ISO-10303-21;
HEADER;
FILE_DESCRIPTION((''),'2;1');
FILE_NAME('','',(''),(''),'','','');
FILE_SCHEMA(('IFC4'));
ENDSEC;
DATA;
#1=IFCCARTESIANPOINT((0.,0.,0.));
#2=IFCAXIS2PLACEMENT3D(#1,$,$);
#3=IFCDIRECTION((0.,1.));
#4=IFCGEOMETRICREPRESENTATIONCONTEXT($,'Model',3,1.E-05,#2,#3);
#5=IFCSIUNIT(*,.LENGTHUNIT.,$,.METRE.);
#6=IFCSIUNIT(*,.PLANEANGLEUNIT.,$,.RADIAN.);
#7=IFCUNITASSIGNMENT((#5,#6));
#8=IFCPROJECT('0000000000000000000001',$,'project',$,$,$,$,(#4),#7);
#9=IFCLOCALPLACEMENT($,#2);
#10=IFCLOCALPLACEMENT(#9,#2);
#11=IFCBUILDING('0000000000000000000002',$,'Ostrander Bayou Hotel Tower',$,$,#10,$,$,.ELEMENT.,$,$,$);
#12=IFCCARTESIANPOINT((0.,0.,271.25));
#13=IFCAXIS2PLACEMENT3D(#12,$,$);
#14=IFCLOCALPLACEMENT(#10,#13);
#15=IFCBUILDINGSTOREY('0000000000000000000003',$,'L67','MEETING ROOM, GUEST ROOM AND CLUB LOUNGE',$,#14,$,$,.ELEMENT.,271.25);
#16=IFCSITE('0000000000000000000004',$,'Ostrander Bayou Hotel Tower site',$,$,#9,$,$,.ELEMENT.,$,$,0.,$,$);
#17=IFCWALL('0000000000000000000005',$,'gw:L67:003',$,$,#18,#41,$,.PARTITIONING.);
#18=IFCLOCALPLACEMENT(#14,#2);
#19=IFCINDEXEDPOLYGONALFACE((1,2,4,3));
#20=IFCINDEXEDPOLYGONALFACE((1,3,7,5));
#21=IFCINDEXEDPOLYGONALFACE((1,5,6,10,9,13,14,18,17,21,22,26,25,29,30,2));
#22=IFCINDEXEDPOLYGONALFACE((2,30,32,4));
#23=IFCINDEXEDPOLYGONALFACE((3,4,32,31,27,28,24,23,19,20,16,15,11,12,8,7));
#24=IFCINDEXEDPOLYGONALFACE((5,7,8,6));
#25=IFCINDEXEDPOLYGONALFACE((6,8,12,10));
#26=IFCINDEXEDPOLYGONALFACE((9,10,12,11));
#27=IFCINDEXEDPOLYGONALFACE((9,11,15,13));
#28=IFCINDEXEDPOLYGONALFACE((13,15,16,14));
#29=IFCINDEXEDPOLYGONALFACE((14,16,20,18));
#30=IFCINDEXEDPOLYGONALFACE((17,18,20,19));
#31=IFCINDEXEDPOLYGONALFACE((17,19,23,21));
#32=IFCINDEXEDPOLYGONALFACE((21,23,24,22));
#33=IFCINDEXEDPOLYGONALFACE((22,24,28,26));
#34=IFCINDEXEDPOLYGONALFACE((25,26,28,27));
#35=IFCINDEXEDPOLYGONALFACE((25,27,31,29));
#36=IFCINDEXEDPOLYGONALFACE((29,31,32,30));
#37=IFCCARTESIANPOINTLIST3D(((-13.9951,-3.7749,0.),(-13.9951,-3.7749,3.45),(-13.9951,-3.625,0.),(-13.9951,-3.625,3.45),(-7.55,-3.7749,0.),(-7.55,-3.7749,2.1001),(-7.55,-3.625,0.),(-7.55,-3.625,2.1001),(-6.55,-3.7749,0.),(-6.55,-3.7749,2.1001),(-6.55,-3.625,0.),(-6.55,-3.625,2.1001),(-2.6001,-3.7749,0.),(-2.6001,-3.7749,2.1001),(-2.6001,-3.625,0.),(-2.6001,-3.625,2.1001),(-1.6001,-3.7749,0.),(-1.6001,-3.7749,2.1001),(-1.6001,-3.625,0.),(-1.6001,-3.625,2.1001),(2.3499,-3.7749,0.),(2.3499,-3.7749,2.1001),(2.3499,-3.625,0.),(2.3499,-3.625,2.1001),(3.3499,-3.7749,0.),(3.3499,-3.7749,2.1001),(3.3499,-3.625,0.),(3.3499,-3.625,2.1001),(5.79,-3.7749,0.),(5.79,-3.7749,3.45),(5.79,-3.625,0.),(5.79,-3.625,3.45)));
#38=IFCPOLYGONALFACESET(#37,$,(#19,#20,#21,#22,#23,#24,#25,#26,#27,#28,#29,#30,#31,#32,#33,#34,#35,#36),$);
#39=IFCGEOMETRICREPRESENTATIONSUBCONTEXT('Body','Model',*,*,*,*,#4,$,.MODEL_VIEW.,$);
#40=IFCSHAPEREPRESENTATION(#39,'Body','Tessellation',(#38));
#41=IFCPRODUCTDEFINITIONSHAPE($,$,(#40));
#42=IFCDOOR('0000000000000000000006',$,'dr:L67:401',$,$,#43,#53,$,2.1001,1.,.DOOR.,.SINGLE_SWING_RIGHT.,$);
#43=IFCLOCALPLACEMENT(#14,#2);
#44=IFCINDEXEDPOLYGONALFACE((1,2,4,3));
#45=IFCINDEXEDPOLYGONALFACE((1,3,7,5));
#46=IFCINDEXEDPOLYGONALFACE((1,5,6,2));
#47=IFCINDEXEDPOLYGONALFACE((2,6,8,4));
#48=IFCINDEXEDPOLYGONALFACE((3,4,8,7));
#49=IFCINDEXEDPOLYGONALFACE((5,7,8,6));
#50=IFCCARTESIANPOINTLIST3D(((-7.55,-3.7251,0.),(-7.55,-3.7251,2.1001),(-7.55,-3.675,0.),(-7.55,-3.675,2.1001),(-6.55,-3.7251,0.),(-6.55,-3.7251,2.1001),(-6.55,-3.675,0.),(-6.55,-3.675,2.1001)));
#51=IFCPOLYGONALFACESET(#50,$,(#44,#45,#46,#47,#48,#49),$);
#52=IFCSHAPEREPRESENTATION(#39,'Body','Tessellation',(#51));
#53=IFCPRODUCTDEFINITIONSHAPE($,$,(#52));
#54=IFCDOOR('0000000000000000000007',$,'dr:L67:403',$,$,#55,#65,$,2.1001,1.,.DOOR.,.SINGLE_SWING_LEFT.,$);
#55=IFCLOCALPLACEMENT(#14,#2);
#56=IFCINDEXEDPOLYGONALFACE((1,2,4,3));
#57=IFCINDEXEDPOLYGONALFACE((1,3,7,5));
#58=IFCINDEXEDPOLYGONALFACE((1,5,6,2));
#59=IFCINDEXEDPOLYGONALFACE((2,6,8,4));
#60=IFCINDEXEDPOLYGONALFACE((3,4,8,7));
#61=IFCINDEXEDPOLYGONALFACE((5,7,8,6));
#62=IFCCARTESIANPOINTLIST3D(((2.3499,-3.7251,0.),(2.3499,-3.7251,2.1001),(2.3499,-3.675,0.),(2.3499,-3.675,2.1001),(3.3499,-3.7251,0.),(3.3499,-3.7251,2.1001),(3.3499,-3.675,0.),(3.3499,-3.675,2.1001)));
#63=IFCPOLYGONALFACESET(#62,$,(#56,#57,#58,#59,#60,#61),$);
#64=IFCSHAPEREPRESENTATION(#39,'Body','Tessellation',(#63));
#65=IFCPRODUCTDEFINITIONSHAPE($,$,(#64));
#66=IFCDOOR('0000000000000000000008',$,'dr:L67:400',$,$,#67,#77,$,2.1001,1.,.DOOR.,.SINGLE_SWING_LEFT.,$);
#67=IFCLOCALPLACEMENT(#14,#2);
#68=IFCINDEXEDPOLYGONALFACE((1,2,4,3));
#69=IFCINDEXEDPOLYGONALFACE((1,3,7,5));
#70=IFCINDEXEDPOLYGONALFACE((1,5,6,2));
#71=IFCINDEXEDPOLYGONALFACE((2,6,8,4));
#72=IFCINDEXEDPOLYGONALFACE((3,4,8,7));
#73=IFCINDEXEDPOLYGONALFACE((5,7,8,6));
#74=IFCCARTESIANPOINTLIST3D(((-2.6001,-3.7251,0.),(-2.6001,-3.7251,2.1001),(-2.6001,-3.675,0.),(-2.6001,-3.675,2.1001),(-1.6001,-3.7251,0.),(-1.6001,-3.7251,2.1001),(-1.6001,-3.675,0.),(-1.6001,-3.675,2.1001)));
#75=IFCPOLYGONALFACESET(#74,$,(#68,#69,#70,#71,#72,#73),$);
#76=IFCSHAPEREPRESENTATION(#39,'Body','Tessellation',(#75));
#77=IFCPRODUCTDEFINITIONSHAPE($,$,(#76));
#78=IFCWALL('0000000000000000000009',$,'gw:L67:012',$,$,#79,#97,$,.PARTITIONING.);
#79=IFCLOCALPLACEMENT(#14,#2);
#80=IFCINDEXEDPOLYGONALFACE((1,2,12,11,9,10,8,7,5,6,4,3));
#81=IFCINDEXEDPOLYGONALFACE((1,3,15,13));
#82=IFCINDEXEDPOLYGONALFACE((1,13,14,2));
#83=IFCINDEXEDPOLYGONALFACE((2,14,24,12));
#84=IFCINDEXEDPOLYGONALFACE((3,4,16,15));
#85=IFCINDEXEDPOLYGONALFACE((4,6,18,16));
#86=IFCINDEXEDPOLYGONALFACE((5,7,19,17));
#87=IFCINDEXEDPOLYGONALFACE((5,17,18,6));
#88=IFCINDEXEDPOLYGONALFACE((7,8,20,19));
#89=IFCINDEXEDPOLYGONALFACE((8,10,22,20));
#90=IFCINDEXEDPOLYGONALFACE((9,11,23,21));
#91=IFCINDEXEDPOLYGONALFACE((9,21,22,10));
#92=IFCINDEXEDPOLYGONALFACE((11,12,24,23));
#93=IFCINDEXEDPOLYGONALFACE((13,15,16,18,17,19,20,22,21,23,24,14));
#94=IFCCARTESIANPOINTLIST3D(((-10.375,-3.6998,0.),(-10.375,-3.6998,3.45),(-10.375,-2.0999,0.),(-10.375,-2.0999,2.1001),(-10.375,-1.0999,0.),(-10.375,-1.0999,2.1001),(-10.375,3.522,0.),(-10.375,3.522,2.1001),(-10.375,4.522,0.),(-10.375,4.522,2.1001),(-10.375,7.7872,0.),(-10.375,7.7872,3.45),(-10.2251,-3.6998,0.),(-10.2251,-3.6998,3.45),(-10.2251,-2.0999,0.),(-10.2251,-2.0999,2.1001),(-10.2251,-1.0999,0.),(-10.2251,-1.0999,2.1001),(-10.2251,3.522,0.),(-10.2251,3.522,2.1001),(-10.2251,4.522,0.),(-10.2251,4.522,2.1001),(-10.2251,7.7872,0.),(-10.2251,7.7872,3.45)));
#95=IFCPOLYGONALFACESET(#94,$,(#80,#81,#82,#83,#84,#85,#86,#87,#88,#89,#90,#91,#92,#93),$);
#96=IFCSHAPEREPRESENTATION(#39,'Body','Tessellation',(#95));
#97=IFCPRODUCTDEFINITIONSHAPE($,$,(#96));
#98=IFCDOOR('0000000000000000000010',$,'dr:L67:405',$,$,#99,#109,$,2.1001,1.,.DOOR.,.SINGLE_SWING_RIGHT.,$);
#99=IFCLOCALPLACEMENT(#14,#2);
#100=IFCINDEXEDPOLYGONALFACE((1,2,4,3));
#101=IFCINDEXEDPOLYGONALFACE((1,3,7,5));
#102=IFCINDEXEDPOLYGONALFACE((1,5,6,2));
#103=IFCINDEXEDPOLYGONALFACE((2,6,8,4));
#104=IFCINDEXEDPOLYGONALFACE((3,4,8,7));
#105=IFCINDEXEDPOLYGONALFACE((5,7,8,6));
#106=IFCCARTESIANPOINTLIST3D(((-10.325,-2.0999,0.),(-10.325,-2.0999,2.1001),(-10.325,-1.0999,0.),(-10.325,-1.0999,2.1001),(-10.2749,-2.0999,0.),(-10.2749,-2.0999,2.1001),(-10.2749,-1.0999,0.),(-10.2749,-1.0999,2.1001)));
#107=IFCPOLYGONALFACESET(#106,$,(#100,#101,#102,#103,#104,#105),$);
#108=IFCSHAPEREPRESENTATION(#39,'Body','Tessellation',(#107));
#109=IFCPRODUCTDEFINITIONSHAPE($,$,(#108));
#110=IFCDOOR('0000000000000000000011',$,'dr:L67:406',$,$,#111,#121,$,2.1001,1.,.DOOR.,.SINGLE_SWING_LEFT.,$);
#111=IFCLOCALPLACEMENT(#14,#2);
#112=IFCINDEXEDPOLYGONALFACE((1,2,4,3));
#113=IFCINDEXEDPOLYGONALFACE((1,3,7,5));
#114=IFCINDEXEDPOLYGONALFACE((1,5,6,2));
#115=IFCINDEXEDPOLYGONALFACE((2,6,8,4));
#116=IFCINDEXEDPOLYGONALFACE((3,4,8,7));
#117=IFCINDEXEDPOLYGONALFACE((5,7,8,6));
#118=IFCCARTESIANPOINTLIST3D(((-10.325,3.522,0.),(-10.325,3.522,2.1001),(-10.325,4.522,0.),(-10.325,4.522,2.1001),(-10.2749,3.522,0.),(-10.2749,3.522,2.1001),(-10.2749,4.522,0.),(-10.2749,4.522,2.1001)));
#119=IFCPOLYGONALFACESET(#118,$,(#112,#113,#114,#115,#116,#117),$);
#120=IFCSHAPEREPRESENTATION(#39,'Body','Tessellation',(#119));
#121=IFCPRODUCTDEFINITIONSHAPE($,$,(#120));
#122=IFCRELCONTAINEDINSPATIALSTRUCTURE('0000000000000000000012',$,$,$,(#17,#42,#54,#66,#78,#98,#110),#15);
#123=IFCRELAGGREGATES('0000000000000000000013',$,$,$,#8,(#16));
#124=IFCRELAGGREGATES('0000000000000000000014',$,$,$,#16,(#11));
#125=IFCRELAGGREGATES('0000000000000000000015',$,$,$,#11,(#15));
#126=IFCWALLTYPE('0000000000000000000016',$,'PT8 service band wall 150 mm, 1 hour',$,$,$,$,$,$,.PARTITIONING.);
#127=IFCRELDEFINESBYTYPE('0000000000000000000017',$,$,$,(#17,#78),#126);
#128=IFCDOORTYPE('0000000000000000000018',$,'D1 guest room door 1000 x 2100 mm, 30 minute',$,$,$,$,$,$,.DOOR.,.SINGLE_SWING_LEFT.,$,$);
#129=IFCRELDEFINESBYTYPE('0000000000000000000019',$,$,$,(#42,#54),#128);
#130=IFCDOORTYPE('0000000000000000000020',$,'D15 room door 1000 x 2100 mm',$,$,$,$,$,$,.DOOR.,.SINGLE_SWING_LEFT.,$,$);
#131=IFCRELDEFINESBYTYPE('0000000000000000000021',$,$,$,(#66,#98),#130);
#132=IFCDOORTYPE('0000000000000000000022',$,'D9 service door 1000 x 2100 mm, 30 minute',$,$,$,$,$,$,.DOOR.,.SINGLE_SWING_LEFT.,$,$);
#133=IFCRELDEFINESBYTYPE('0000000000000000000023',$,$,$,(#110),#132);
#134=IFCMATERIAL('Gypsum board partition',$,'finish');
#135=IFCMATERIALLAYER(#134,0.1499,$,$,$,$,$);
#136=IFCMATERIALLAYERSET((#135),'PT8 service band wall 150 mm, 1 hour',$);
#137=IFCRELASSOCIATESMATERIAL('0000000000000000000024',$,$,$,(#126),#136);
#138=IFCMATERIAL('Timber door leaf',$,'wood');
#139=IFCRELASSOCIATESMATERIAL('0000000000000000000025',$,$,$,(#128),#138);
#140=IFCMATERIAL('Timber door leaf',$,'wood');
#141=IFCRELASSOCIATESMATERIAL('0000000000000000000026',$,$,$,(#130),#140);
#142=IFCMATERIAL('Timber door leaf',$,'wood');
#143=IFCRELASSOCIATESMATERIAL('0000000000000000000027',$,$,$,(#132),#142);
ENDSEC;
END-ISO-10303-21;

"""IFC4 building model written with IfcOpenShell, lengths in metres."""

from ifc_helpers import new_model, si_unit, direction, frame, frame_2d, origin, place, context, subcontext, project, spatial, rectangle, extrude, material, layer, layer_set, type_object, element, fill, save


model = new_model("IFC4")

# Units and contexts
model_context = context("Model", 3, precision=1e-05, world=origin(), true_north=direction((0.0, 1.0)))
body_context = subcontext(model_context, "Body", "Model", "MODEL_VIEW")
ifc_project = project(units=[si_unit("LENGTHUNIT", "METRE"), si_unit("PLANEANGLEUNIT", "RADIAN")], contexts=[model_context])

# Site, building, storey
site_placement = place(None, origin())
site = spatial("IfcSite", under=ifc_project, at=site_placement, Name="Ostrander Bayou Hotel Tower site", CompositionType="ELEMENT", RefElevation=0.0)
building_placement = place(site_placement, origin())
building = spatial("IfcBuilding", under=site, at=building_placement, Name="Ostrander Bayou Hotel Tower", CompositionType="ELEMENT")
storey_placement = place(building_placement, frame((0.0, 0.0, 271.25)))
storey = spatial("IfcBuildingStorey", under=building, at=storey_placement, Name="L67", Description="MEETING ROOM, GUEST ROOM AND CLUB LOUNGE", CompositionType="ELEMENT", Elevation=271.25)

# Walls, openings, doors
ifc_material_1 = material(Name="Gypsum board partition", Category="finish")
ifc_layer_1 = layer(ifc_material_1, 0.1499)
ifc_layer_set_1 = layer_set([ifc_layer_1], Name="PT8 service band wall 150 mm, 1 hour")
wall_type_1 = type_object("IfcWallType", Name="PT8 service band wall 150 mm, 1 hour", PredefinedType="PARTITIONING", material=ifc_layer_set_1)
wall_1_placement = place(storey_placement, frame((-13.9951, -3.7, 0.0), z_axis=(0.0, 0.0, 1.0), x_axis=(1.0, 0.0, 0.0)))
wall_1 = element("IfcWall", 1, at=wall_1_placement, inside=storey, type_object=wall_type_1, Name="gw:L67:003", PredefinedType="PARTITIONING", context=body_context, shape_type="SweptSolid", body=[
    extrude(rectangle(XDim=19.7852, YDim=0.1499, at=frame_2d((9.8926, 0.0))), origin(), (0.0, 0.0, 1.0), 3.45),
])
opening_1_placement = place(wall_1_placement, frame((11.395, 0.0, 0.0)))
opening_1 = element("IfcOpeningElement", 2, at=opening_1_placement, cuts=wall_1, PredefinedType="OPENING", context=body_context, shape_type="SweptSolid", body=[
    extrude(rectangle(XDim=1.0, YDim=2.1001, at=frame_2d((0.5, 1.05))), frame((0.0, 0.075, 0.0), z_axis=(0.0, -1.0, 0.0), x_axis=(1.0, 0.0, 0.0)), (0.0, 0.0, 1.0), 0.1499),
])
opening_2_placement = place(wall_1_placement, frame((6.4451, 0.0, 0.0)))
opening_2 = element("IfcOpeningElement", 3, at=opening_2_placement, cuts=wall_1, PredefinedType="OPENING", context=body_context, shape_type="SweptSolid", body=[
    extrude(rectangle(XDim=1.0, YDim=2.1001, at=frame_2d((0.5, 1.05))), frame((0.0, 0.075, 0.0), z_axis=(0.0, -1.0, 0.0), x_axis=(1.0, 0.0, 0.0)), (0.0, 0.0, 1.0), 0.1499),
])
opening_3_placement = place(wall_1_placement, frame((16.345, 0.0, 0.0)))
opening_3 = element("IfcOpeningElement", 4, at=opening_3_placement, cuts=wall_1, PredefinedType="OPENING", context=body_context, shape_type="SweptSolid", body=[
    extrude(rectangle(XDim=1.0, YDim=2.1001, at=frame_2d((0.5, 1.05))), frame((0.0, 0.075, 0.0), z_axis=(0.0, -1.0, 0.0), x_axis=(1.0, 0.0, 0.0)), (0.0, 0.0, 1.0), 0.1499),
])
ifc_material_2 = material(Name="Timber door leaf", Category="wood")
door_type_1 = type_object("IfcDoorType", Name="D1 guest room door 1000 x 2100 mm, 30 minute", OperationType="SINGLE_SWING_LEFT", PredefinedType="DOOR", material=ifc_material_2)
door_1_placement = place(opening_2_placement, origin())
door_1 = element("IfcDoor", 5, at=door_1_placement, inside=storey, type_object=door_type_1, Name="dr:L67:401", OperationType="SINGLE_SWING_RIGHT", OverallHeight=2.1001, OverallWidth=1.0, PredefinedType="DOOR", context=body_context, shape_type="SweptSolid", body=[
    extrude(rectangle(XDim=1.0, YDim=2.1001, at=frame_2d((0.5, 1.05))), frame((0.0, 0.0249, 0.0), z_axis=(0.0, -1.0, 0.0), x_axis=(1.0, 0.0, 0.0)), (0.0, 0.0, 1.0), 0.05),
])
fill(opening_2, door_1)
door_2_placement = place(opening_3_placement, origin())
door_2 = element("IfcDoor", 6, at=door_2_placement, inside=storey, type_object=door_type_1, Name="dr:L67:403", OperationType="SINGLE_SWING_LEFT", OverallHeight=2.1001, OverallWidth=1.0, PredefinedType="DOOR", context=body_context, shape_type="SweptSolid", body=[
    extrude(rectangle(XDim=1.0, YDim=2.1001, at=frame_2d((0.5, 1.05))), frame((0.0, 0.0249, 0.0), z_axis=(0.0, -1.0, 0.0), x_axis=(1.0, 0.0, 0.0)), (0.0, 0.0, 1.0), 0.05),
])
fill(opening_3, door_2)
ifc_material_3 = material(Name="Timber door leaf", Category="wood")
door_type_2 = type_object("IfcDoorType", Name="D15 room door 1000 x 2100 mm", OperationType="SINGLE_SWING_LEFT", PredefinedType="DOOR", material=ifc_material_3)
door_3_placement = place(opening_1_placement, origin())
door_3 = element("IfcDoor", 7, at=door_3_placement, inside=storey, type_object=door_type_2, Name="dr:L67:400", OperationType="SINGLE_SWING_LEFT", OverallHeight=2.1001, OverallWidth=1.0, PredefinedType="DOOR", context=body_context, shape_type="SweptSolid", body=[
    extrude(rectangle(XDim=1.0, YDim=2.1001, at=frame_2d((0.5, 1.05))), frame((0.0, 0.0249, 0.0), z_axis=(0.0, -1.0, 0.0), x_axis=(1.0, 0.0, 0.0)), (0.0, 0.0, 1.0), 0.05),
])
fill(opening_1, door_3)
wall_2_placement = place(storey_placement, frame((-10.3, -3.7, 0.0), z_axis=(0.0, 0.0, 1.0), x_axis=(0.0, 1.0, 0.0)))
wall_2 = element("IfcWall", 8, at=wall_2_placement, inside=storey, type_object=wall_type_1, Name="gw:L67:012", PredefinedType="PARTITIONING", context=body_context, shape_type="SweptSolid", body=[
    extrude(rectangle(XDim=11.4871, YDim=0.1499, at=frame_2d((5.7437, 0.0))), origin(), (0.0, 0.0, 1.0), 3.45),
])
opening_4_placement = place(wall_2_placement, frame((1.6001, 0.0, 0.0)))
opening_4 = element("IfcOpeningElement", 9, at=opening_4_placement, cuts=wall_2, PredefinedType="OPENING", context=body_context, shape_type="SweptSolid", body=[
    extrude(rectangle(XDim=1.0, YDim=2.1001, at=frame_2d((0.5, 1.05))), frame((0.0, 0.075, 0.0), z_axis=(0.0, -1.0, 0.0), x_axis=(1.0, 0.0, 0.0)), (0.0, 0.0, 1.0), 0.1499),
])
opening_5_placement = place(wall_2_placement, frame((7.2219, 0.0, 0.0)))
opening_5 = element("IfcOpeningElement", 10, at=opening_5_placement, cuts=wall_2, PredefinedType="OPENING", context=body_context, shape_type="SweptSolid", body=[
    extrude(rectangle(XDim=1.0, YDim=2.1001, at=frame_2d((0.5, 1.05))), frame((0.0, 0.075, 0.0), z_axis=(0.0, -1.0, 0.0), x_axis=(1.0, 0.0, 0.0)), (0.0, 0.0, 1.0), 0.1499),
])
door_4_placement = place(opening_4_placement, origin())
door_4 = element("IfcDoor", 11, at=door_4_placement, inside=storey, type_object=door_type_2, Name="dr:L67:405", OperationType="SINGLE_SWING_RIGHT", OverallHeight=2.1001, OverallWidth=1.0, PredefinedType="DOOR", context=body_context, shape_type="SweptSolid", body=[
    extrude(rectangle(XDim=1.0, YDim=2.1001, at=frame_2d((0.5, 1.05))), frame((0.0, 0.0249, 0.0), z_axis=(0.0, -1.0, 0.0), x_axis=(1.0, 0.0, 0.0)), (0.0, 0.0, 1.0), 0.05),
])
fill(opening_4, door_4)
ifc_material_4 = material(Name="Timber door leaf", Category="wood")
door_type_3 = type_object("IfcDoorType", Name="D9 service door 1000 x 2100 mm, 30 minute", OperationType="SINGLE_SWING_LEFT", PredefinedType="DOOR", material=ifc_material_4)
door_5_placement = place(opening_5_placement, origin())
door_5 = element("IfcDoor", 12, at=door_5_placement, inside=storey, type_object=door_type_3, Name="dr:L67:406", OperationType="SINGLE_SWING_LEFT", OverallHeight=2.1001, OverallWidth=1.0, PredefinedType="DOOR", context=body_context, shape_type="SweptSolid", body=[
    extrude(rectangle(XDim=1.0, YDim=2.1001, at=frame_2d((0.5, 1.05))), frame((0.0, 0.0249, 0.0), z_axis=(0.0, -1.0, 0.0), x_axis=(1.0, 0.0, 0.0)), (0.0, 0.0, 1.0), 0.05),
])
fill(opening_5, door_5)

save(model, "model.ifc")
